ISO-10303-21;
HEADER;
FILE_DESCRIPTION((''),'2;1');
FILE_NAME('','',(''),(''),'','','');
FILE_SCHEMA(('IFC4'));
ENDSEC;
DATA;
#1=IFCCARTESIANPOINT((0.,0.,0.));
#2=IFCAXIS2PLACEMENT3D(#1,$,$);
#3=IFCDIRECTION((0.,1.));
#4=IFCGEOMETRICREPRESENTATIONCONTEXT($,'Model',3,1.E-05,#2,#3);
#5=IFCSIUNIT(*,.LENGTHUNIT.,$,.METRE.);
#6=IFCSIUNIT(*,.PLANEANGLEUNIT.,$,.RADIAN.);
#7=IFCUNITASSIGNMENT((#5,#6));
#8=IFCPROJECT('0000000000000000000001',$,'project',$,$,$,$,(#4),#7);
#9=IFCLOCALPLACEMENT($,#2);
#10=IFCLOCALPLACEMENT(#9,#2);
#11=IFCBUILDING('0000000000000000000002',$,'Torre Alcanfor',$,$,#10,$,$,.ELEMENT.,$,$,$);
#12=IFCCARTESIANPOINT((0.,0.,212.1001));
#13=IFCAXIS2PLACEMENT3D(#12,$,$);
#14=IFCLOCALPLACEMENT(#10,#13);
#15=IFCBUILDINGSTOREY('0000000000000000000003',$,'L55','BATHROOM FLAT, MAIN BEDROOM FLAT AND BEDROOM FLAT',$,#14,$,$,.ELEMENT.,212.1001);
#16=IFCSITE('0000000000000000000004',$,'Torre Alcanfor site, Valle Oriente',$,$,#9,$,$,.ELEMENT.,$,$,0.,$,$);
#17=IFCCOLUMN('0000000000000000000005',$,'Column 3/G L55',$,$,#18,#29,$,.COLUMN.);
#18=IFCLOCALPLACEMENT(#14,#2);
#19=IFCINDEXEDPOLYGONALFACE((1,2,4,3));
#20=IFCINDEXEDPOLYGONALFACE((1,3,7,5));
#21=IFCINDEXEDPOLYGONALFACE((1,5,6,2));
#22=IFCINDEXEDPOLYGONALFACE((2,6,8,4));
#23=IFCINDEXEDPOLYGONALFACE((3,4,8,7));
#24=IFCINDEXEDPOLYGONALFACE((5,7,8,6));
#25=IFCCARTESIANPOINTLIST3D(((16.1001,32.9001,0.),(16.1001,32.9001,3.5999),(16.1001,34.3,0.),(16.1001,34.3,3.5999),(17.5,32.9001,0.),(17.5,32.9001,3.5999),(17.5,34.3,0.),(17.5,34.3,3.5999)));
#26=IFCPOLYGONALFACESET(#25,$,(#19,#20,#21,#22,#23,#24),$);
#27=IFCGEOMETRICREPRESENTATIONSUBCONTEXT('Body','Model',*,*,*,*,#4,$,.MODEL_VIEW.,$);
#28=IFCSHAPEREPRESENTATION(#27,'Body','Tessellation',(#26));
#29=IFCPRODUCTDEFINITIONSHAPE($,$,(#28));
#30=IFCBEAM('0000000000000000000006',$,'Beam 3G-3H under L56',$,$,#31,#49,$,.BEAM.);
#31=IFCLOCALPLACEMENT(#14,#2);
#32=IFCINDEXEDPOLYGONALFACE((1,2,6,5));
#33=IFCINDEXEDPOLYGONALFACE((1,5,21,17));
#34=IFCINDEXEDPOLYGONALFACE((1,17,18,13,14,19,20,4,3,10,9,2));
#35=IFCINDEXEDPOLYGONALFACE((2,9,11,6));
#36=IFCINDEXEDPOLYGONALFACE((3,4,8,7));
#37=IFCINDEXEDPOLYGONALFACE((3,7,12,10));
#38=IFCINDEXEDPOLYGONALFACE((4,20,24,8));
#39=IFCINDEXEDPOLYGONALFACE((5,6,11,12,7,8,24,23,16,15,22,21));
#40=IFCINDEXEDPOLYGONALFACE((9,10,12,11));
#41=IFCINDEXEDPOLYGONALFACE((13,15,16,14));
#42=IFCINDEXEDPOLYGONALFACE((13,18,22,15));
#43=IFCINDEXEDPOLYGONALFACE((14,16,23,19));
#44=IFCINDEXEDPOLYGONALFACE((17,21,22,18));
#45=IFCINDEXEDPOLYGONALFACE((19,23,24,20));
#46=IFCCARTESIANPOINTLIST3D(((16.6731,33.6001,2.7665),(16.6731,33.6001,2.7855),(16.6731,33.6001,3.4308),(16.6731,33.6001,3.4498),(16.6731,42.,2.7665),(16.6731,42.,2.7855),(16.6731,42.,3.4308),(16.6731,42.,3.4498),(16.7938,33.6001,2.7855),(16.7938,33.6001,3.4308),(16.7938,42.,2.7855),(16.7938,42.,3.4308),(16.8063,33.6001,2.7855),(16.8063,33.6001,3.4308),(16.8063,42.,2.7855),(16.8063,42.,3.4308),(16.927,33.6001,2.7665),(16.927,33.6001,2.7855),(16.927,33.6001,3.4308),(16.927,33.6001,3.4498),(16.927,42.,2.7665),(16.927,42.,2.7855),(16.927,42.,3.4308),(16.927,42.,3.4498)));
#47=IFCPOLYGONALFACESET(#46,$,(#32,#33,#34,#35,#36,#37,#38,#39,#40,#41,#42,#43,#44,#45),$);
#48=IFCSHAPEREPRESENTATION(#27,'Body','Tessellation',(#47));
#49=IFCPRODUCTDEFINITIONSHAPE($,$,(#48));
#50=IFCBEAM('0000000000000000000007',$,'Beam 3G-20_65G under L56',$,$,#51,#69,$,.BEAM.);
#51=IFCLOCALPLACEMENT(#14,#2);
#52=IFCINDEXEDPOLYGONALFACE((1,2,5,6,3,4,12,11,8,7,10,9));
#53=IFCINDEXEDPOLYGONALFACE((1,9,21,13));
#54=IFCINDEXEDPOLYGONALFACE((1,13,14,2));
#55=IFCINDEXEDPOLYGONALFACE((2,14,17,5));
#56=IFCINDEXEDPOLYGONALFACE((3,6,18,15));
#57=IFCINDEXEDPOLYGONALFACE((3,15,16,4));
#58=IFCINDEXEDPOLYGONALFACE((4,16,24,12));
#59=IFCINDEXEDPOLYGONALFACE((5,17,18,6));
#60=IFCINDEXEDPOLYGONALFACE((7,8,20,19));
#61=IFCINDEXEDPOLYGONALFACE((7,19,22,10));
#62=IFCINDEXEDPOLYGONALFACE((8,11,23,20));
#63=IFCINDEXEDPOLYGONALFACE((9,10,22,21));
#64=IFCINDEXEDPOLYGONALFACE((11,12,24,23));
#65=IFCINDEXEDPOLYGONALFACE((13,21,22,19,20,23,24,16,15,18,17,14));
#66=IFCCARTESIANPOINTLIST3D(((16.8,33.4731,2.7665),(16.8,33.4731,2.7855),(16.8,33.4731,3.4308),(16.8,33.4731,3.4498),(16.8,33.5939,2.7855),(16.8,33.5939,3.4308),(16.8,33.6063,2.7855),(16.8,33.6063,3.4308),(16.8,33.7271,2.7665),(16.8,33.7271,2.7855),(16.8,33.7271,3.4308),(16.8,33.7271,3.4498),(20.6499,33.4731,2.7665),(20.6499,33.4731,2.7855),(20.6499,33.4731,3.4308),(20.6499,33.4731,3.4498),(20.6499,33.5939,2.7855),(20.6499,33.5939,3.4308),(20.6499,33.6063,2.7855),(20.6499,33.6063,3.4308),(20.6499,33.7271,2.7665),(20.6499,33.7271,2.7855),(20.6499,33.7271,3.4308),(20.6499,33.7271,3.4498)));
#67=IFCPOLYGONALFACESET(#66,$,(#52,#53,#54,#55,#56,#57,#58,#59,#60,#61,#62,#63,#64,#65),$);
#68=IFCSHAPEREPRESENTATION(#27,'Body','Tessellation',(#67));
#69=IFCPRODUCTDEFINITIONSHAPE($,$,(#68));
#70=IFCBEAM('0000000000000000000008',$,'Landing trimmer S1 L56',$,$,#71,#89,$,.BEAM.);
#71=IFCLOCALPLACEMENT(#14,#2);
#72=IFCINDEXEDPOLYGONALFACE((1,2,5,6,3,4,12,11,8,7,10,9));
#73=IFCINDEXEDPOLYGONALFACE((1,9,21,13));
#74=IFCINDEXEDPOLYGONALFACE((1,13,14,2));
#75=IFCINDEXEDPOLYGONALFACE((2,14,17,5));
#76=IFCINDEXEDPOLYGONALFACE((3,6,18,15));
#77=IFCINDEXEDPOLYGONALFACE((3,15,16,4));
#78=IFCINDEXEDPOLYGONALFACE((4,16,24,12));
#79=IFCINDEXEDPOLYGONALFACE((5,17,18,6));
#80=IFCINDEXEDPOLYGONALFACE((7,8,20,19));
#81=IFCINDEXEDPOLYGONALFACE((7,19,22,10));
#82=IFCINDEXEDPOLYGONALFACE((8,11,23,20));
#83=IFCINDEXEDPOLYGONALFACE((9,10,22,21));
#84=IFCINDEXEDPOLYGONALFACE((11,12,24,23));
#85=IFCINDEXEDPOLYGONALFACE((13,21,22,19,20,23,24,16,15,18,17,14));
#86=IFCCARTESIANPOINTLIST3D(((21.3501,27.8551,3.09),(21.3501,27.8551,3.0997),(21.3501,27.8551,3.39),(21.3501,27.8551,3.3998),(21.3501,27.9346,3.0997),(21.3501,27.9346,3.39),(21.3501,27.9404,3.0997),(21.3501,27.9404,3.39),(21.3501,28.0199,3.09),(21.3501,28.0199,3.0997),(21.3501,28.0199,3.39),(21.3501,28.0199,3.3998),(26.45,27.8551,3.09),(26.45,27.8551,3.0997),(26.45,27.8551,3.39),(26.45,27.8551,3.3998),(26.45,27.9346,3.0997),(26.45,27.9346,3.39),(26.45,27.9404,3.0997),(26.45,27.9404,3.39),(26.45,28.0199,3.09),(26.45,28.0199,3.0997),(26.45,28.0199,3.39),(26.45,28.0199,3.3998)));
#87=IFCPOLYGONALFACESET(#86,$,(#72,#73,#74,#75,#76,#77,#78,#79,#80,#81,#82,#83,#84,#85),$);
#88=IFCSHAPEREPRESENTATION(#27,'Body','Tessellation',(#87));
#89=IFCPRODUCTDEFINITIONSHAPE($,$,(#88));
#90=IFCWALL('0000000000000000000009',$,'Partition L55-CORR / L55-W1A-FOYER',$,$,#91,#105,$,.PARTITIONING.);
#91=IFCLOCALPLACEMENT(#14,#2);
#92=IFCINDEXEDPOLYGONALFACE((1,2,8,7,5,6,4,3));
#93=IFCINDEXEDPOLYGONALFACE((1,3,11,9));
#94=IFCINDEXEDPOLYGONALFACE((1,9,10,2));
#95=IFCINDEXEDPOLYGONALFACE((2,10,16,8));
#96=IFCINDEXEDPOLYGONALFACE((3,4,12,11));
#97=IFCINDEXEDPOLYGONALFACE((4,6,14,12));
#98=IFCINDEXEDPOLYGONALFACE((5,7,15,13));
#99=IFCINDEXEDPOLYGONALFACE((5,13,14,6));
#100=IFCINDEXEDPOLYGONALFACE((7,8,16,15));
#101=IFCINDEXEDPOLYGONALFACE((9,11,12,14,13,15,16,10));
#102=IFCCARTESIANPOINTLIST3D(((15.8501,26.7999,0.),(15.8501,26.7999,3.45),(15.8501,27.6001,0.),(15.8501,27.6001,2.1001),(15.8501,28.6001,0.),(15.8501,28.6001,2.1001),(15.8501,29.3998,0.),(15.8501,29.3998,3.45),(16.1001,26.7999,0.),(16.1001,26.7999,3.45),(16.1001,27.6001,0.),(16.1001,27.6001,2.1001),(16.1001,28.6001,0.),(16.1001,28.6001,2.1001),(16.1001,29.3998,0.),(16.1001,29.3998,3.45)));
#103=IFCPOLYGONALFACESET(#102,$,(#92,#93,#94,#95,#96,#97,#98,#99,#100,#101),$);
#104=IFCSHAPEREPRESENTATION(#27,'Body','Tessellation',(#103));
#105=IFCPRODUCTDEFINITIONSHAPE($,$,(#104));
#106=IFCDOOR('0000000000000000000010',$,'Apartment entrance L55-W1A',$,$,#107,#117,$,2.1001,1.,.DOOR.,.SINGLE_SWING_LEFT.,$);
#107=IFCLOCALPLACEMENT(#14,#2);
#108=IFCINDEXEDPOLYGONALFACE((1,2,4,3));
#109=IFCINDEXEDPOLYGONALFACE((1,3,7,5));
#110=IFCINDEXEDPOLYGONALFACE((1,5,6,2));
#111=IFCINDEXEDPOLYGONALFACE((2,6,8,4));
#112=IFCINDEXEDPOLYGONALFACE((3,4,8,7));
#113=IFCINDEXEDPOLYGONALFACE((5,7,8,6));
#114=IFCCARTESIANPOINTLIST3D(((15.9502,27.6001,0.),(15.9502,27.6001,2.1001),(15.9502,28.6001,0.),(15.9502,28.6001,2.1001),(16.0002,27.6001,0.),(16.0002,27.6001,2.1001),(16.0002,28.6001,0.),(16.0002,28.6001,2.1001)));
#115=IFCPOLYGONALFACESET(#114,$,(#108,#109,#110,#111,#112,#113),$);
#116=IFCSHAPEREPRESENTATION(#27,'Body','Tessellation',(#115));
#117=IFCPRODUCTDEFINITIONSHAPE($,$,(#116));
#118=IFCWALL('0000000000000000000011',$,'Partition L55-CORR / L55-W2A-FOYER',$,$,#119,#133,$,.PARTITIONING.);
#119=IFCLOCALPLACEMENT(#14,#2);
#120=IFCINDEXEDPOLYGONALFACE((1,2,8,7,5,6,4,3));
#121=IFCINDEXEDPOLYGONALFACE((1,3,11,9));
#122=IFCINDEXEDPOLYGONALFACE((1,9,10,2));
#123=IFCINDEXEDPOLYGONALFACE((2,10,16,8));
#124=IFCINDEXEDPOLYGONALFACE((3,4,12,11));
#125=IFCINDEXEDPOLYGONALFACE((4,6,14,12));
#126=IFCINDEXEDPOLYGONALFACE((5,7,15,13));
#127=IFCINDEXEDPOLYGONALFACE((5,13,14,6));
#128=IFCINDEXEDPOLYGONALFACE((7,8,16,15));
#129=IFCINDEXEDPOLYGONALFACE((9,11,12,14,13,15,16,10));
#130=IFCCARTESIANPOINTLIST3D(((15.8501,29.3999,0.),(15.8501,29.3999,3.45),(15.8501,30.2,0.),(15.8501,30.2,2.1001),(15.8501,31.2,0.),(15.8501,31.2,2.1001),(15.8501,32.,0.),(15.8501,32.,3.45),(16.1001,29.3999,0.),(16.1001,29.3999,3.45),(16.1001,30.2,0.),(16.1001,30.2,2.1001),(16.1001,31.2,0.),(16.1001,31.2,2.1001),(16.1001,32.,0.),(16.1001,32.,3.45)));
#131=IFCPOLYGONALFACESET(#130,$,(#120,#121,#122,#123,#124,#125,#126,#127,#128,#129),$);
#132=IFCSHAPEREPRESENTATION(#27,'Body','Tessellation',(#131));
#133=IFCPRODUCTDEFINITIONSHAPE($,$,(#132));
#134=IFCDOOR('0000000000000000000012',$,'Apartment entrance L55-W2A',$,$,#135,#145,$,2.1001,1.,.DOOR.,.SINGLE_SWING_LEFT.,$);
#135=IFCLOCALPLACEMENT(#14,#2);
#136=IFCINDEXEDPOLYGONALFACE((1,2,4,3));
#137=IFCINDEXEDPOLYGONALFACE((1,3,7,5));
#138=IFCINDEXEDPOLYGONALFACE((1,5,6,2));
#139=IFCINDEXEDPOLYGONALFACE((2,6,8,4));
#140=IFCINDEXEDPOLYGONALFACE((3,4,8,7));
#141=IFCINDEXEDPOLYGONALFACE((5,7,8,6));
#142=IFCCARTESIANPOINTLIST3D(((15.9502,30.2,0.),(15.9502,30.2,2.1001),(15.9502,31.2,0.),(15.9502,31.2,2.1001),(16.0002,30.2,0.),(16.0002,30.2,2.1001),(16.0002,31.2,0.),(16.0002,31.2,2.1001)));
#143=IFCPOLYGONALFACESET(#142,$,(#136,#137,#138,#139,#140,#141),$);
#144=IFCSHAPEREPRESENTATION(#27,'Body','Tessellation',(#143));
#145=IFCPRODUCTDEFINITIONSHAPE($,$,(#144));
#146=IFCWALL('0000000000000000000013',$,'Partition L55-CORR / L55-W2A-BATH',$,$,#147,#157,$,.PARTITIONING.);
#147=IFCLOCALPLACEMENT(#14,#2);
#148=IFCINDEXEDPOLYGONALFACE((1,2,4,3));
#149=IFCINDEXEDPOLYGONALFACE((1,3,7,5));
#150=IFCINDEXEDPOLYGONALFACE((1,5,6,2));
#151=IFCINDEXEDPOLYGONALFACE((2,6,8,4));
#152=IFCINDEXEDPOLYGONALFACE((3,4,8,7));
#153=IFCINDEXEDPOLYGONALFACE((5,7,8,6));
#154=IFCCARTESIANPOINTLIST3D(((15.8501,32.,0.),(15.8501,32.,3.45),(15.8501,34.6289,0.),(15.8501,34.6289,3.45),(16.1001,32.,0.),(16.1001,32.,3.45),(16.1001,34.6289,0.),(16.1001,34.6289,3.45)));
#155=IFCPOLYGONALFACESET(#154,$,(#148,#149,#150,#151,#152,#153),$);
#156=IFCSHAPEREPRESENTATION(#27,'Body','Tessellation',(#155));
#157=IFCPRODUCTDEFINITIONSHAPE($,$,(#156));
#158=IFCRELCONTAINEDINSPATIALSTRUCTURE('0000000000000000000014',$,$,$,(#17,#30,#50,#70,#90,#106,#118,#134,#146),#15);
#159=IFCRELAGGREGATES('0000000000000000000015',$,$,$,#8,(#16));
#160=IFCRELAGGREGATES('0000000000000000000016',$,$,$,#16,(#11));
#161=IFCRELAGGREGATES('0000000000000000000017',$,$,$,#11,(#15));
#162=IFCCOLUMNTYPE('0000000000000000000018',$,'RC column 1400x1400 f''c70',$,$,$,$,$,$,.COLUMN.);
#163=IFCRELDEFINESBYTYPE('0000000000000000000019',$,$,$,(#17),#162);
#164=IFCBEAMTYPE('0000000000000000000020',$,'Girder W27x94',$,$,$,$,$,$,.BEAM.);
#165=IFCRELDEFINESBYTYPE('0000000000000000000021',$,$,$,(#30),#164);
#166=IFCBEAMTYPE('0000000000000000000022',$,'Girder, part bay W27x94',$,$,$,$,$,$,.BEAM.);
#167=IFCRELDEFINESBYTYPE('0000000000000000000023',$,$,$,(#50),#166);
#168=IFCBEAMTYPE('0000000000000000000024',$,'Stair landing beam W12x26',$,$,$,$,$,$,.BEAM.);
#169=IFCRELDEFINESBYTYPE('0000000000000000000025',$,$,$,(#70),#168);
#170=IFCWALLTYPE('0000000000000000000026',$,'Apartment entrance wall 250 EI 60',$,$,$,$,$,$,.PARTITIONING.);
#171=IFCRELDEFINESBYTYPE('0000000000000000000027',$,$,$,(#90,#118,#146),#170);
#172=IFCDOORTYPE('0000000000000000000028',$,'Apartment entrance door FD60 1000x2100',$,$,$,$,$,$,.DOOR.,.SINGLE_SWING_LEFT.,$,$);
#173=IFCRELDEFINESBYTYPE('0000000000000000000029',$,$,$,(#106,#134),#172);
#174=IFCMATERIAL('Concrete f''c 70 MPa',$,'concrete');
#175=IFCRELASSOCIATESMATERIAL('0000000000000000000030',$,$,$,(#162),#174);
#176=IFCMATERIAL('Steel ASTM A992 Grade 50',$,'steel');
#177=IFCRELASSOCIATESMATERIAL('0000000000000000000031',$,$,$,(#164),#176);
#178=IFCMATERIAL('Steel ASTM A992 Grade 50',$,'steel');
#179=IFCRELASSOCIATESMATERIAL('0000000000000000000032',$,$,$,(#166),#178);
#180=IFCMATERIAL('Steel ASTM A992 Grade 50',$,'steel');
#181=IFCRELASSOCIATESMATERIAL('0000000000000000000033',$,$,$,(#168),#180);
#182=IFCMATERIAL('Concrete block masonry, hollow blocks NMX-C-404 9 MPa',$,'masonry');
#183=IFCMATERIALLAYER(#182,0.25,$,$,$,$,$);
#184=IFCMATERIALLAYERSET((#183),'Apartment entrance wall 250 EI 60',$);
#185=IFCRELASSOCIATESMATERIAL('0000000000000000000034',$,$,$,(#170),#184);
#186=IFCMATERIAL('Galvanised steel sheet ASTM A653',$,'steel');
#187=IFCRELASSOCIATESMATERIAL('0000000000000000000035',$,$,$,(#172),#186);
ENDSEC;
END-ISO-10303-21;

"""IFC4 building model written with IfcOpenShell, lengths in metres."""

from ifc_helpers import new_model, si_unit, direction, frame, frame_2d, origin, origin_2d, place, context, subcontext, project, spatial, rectangle, i_section, extrude, material, layer, layer_set, material_profile, profile_set, type_object, element, fill, save


model = new_model("IFC4")

# Units and contexts
model_context = context("Model", 3, precision=1e-05, world=origin(), true_north=direction((0.0, 1.0)))
body_context = subcontext(model_context, "Body", "Model", "MODEL_VIEW")
ifc_project = project(units=[si_unit("LENGTHUNIT", "METRE"), si_unit("PLANEANGLEUNIT", "RADIAN")], contexts=[model_context])

# Site, building, storey
site_placement = place(None, origin())
site = spatial("IfcSite", under=ifc_project, at=site_placement, Name="Torre Alcanfor site, Valle Oriente", CompositionType="ELEMENT", RefElevation=0.0)
building_placement = place(site_placement, origin())
building = spatial("IfcBuilding", under=site, at=building_placement, Name="Torre Alcanfor", CompositionType="ELEMENT")
storey_placement = place(building_placement, frame((0.0, 0.0, 212.1001)))
storey = spatial("IfcBuildingStorey", under=building, at=storey_placement, Name="L55", Description="BATHROOM FLAT, MAIN BEDROOM FLAT AND BEDROOM FLAT", CompositionType="ELEMENT", Elevation=212.1001)

# Column
ifc_material_1 = material(Name="Concrete f'c 70 MPa", Category="concrete")
ifc_material_profile_1 = material_profile(ifc_material_1, rectangle(XDim=1.3999, YDim=1.3999, at=origin_2d()), Name="1400x1400")
ifc_profile_set_1 = profile_set([ifc_material_profile_1], Name="Concrete f'c 70 MPa")
column_type = type_object("IfcColumnType", Name="RC column 1400x1400 f'c70", PredefinedType="COLUMN", material=ifc_profile_set_1)
column_placement = place(storey_placement, frame((16.8, 33.6001, 0.0), z_axis=(0.0, 0.0, 1.0), x_axis=(1.0, 0.0, 0.0)))
element("IfcColumn", 1, at=column_placement, inside=storey, type_object=column_type, Name="Column 3/G L55", PredefinedType="COLUMN", context=body_context, shape_type="SweptSolid", body=[
    extrude(rectangle(XDim=1.3999, YDim=1.3999, at=origin_2d()), origin(), (0.0, 0.0, 1.0), 3.5999),
])

# Beams
ifc_material_2 = material(Name="Steel ASTM A992 Grade 50", Category="steel")
ifc_material_profile_2 = material_profile(ifc_material_2, i_section(OverallWidth=0.2539, OverallDepth=0.6833, WebThickness=0.0125, FlangeThickness=0.019, at=origin_2d()), Name="W27x94")
ifc_profile_set_2 = profile_set([ifc_material_profile_2], Name="Steel ASTM A992 Grade 50")
beam_type_1 = type_object("IfcBeamType", Name="Girder W27x94", PredefinedType="BEAM", material=ifc_profile_set_2)
beam_1_placement = place(storey_placement, frame((16.8, 33.6001, 3.1082), z_axis=(0.0, 1.0, 0.0), x_axis=(-1.0, 0.0, 0.0)))
element("IfcBeam", 2, at=beam_1_placement, inside=storey, type_object=beam_type_1, Name="Beam 3G-3H under L56", PredefinedType="BEAM", context=body_context, shape_type="SweptSolid", body=[
    extrude(i_section(OverallWidth=0.2539, OverallDepth=0.6833, WebThickness=0.0125, FlangeThickness=0.019, at=origin_2d()), origin(), (0.0, 0.0, 1.0), 8.3999),
])
ifc_material_3 = material(Name="Steel ASTM A992 Grade 50", Category="steel")
ifc_material_profile_3 = material_profile(ifc_material_3, i_section(OverallWidth=0.2539, OverallDepth=0.6833, WebThickness=0.0125, FlangeThickness=0.019, at=origin_2d()), Name="W27x94")
ifc_profile_set_3 = profile_set([ifc_material_profile_3], Name="Steel ASTM A992 Grade 50")
beam_type_2 = type_object("IfcBeamType", Name="Girder, part bay W27x94", PredefinedType="BEAM", material=ifc_profile_set_3)
beam_2_placement = place(storey_placement, frame((16.8, 33.6001, 3.1082), z_axis=(1.0, 0.0, 0.0), x_axis=(0.0, 1.0, 0.0)))
element("IfcBeam", 3, at=beam_2_placement, inside=storey, type_object=beam_type_2, Name="Beam 3G-20_65G under L56", PredefinedType="BEAM", context=body_context, shape_type="SweptSolid", body=[
    extrude(i_section(OverallWidth=0.2539, OverallDepth=0.6833, WebThickness=0.0125, FlangeThickness=0.019, at=origin_2d()), origin(), (0.0, 0.0, 1.0), 3.8499),
])
ifc_material_4 = material(Name="Steel ASTM A992 Grade 50", Category="steel")
ifc_material_profile_4 = material_profile(ifc_material_4, i_section(OverallWidth=0.1648, OverallDepth=0.3098, WebThickness=0.0059, FlangeThickness=0.0098, at=origin_2d()), Name="W12x26")
ifc_profile_set_4 = profile_set([ifc_material_profile_4], Name="Steel ASTM A992 Grade 50")
beam_type_3 = type_object("IfcBeamType", Name="Stair landing beam W12x26", PredefinedType="BEAM", material=ifc_profile_set_4)
beam_3_placement = place(storey_placement, frame((21.3501, 27.9375, 3.2449), z_axis=(1.0, 0.0, 0.0), x_axis=(0.0, 1.0, 0.0)))
element("IfcBeam", 4, at=beam_3_placement, inside=storey, type_object=beam_type_3, Name="Landing trimmer S1 L56", PredefinedType="BEAM", context=body_context, shape_type="SweptSolid", body=[
    extrude(i_section(OverallWidth=0.1648, OverallDepth=0.3098, WebThickness=0.0059, FlangeThickness=0.0098, at=origin_2d()), origin(), (0.0, 0.0, 1.0), 5.0999),
])

# Walls, openings, doors
ifc_material_5 = material(Name="Concrete block masonry, hollow blocks NMX-C-404 9 MPa", Category="masonry")
ifc_layer_1 = layer(ifc_material_5, 0.25)
ifc_layer_set_1 = layer_set([ifc_layer_1], Name="Apartment entrance wall 250 EI 60")
wall_type_1 = type_object("IfcWallType", Name="Apartment entrance wall 250 EI 60", PredefinedType="PARTITIONING", material=ifc_layer_set_1)
wall_1_placement = place(storey_placement, frame((15.9751, 26.8, 0.0), z_axis=(0.0, 0.0, 1.0), x_axis=(0.0, 1.0, 0.0)))
wall_1 = element("IfcWall", 5, at=wall_1_placement, inside=storey, type_object=wall_type_1, Name="Partition L55-CORR / L55-W1A-FOYER", PredefinedType="PARTITIONING", context=body_context, shape_type="SweptSolid", body=[
    extrude(rectangle(XDim=2.5999, YDim=0.25, at=frame_2d((1.2998, 0.0))), origin(), (0.0, 0.0, 1.0), 3.45),
])
opening_1_placement = place(wall_1_placement, frame((0.8, 0.0, 0.0)))
opening_1 = element("IfcOpeningElement", 6, at=opening_1_placement, cuts=wall_1, PredefinedType="OPENING", context=body_context, shape_type="SweptSolid", body=[
    extrude(rectangle(XDim=1.0, YDim=2.1001, at=frame_2d((0.5, 1.05))), frame((0.0, 0.135, 0.0), z_axis=(0.0, -1.0, 0.0), x_axis=(1.0, 0.0, 0.0)), (0.0, 0.0, 1.0), 0.27),
])
ifc_material_6 = material(Name="Galvanised steel sheet ASTM A653", Category="steel")
door_type_1 = type_object("IfcDoorType", Name="Apartment entrance door FD60 1000x2100", OperationType="SINGLE_SWING_LEFT", PredefinedType="DOOR", material=ifc_material_6)
door_1_placement = place(opening_1_placement, origin())
door_1 = element("IfcDoor", 7, at=door_1_placement, inside=storey, type_object=door_type_1, Name="Apartment entrance L55-W1A", OperationType="SINGLE_SWING_LEFT", OverallHeight=2.1001, OverallWidth=1.0, PredefinedType="DOOR", context=body_context, shape_type="SweptSolid", body=[
    extrude(rectangle(XDim=1.0, YDim=2.1001, at=frame_2d((0.5, 1.05))), frame((0.0, 0.0249, 0.0), z_axis=(0.0, -1.0, 0.0), x_axis=(1.0, 0.0, 0.0)), (0.0, 0.0, 1.0), 0.05),
])
fill(opening_1, door_1)
wall_2_placement = place(storey_placement, frame((15.9751, 29.3999, 0.0), z_axis=(0.0, 0.0, 1.0), x_axis=(0.0, 1.0, 0.0)))
wall_2 = element("IfcWall", 8, at=wall_2_placement, inside=storey, type_object=wall_type_1, Name="Partition L55-CORR / L55-W2A-FOYER", PredefinedType="PARTITIONING", context=body_context, shape_type="SweptSolid", body=[
    extrude(rectangle(XDim=2.6001, YDim=0.25, at=frame_2d((1.3, 0.0))), origin(), (0.0, 0.0, 1.0), 3.45),
])
opening_2_placement = place(wall_2_placement, frame((0.8, 0.0, 0.0)))
opening_2 = element("IfcOpeningElement", 9, at=opening_2_placement, cuts=wall_2, PredefinedType="OPENING", context=body_context, shape_type="SweptSolid", body=[
    extrude(rectangle(XDim=1.0, YDim=2.1001, at=frame_2d((0.5, 1.05))), frame((0.0, 0.135, 0.0), z_axis=(0.0, -1.0, 0.0), x_axis=(1.0, 0.0, 0.0)), (0.0, 0.0, 1.0), 0.27),
])
door_2_placement = place(opening_2_placement, origin())
door_2 = element("IfcDoor", 10, at=door_2_placement, inside=storey, type_object=door_type_1, Name="Apartment entrance L55-W2A", OperationType="SINGLE_SWING_LEFT", OverallHeight=2.1001, OverallWidth=1.0, PredefinedType="DOOR", context=body_context, shape_type="SweptSolid", body=[
    extrude(rectangle(XDim=1.0, YDim=2.1001, at=frame_2d((0.5, 1.05))), frame((0.0, 0.0249, 0.0), z_axis=(0.0, -1.0, 0.0), x_axis=(1.0, 0.0, 0.0)), (0.0, 0.0, 1.0), 0.05),
])
fill(opening_2, door_2)

# Wall
wall_3_placement = place(storey_placement, frame((15.9751, 32.0, 0.0), z_axis=(0.0, 0.0, 1.0), x_axis=(0.0, 1.0, 0.0)))
element("IfcWall", 11, at=wall_3_placement, inside=storey, type_object=wall_type_1, Name="Partition L55-CORR / L55-W2A-BATH", PredefinedType="PARTITIONING", context=body_context, shape_type="SweptSolid", body=[
    extrude(rectangle(XDim=2.6289, YDim=0.25, at=frame_2d((1.3145, 0.0))), origin(), (0.0, 0.0, 1.0), 3.45),
])

save(model, "model.ifc")
